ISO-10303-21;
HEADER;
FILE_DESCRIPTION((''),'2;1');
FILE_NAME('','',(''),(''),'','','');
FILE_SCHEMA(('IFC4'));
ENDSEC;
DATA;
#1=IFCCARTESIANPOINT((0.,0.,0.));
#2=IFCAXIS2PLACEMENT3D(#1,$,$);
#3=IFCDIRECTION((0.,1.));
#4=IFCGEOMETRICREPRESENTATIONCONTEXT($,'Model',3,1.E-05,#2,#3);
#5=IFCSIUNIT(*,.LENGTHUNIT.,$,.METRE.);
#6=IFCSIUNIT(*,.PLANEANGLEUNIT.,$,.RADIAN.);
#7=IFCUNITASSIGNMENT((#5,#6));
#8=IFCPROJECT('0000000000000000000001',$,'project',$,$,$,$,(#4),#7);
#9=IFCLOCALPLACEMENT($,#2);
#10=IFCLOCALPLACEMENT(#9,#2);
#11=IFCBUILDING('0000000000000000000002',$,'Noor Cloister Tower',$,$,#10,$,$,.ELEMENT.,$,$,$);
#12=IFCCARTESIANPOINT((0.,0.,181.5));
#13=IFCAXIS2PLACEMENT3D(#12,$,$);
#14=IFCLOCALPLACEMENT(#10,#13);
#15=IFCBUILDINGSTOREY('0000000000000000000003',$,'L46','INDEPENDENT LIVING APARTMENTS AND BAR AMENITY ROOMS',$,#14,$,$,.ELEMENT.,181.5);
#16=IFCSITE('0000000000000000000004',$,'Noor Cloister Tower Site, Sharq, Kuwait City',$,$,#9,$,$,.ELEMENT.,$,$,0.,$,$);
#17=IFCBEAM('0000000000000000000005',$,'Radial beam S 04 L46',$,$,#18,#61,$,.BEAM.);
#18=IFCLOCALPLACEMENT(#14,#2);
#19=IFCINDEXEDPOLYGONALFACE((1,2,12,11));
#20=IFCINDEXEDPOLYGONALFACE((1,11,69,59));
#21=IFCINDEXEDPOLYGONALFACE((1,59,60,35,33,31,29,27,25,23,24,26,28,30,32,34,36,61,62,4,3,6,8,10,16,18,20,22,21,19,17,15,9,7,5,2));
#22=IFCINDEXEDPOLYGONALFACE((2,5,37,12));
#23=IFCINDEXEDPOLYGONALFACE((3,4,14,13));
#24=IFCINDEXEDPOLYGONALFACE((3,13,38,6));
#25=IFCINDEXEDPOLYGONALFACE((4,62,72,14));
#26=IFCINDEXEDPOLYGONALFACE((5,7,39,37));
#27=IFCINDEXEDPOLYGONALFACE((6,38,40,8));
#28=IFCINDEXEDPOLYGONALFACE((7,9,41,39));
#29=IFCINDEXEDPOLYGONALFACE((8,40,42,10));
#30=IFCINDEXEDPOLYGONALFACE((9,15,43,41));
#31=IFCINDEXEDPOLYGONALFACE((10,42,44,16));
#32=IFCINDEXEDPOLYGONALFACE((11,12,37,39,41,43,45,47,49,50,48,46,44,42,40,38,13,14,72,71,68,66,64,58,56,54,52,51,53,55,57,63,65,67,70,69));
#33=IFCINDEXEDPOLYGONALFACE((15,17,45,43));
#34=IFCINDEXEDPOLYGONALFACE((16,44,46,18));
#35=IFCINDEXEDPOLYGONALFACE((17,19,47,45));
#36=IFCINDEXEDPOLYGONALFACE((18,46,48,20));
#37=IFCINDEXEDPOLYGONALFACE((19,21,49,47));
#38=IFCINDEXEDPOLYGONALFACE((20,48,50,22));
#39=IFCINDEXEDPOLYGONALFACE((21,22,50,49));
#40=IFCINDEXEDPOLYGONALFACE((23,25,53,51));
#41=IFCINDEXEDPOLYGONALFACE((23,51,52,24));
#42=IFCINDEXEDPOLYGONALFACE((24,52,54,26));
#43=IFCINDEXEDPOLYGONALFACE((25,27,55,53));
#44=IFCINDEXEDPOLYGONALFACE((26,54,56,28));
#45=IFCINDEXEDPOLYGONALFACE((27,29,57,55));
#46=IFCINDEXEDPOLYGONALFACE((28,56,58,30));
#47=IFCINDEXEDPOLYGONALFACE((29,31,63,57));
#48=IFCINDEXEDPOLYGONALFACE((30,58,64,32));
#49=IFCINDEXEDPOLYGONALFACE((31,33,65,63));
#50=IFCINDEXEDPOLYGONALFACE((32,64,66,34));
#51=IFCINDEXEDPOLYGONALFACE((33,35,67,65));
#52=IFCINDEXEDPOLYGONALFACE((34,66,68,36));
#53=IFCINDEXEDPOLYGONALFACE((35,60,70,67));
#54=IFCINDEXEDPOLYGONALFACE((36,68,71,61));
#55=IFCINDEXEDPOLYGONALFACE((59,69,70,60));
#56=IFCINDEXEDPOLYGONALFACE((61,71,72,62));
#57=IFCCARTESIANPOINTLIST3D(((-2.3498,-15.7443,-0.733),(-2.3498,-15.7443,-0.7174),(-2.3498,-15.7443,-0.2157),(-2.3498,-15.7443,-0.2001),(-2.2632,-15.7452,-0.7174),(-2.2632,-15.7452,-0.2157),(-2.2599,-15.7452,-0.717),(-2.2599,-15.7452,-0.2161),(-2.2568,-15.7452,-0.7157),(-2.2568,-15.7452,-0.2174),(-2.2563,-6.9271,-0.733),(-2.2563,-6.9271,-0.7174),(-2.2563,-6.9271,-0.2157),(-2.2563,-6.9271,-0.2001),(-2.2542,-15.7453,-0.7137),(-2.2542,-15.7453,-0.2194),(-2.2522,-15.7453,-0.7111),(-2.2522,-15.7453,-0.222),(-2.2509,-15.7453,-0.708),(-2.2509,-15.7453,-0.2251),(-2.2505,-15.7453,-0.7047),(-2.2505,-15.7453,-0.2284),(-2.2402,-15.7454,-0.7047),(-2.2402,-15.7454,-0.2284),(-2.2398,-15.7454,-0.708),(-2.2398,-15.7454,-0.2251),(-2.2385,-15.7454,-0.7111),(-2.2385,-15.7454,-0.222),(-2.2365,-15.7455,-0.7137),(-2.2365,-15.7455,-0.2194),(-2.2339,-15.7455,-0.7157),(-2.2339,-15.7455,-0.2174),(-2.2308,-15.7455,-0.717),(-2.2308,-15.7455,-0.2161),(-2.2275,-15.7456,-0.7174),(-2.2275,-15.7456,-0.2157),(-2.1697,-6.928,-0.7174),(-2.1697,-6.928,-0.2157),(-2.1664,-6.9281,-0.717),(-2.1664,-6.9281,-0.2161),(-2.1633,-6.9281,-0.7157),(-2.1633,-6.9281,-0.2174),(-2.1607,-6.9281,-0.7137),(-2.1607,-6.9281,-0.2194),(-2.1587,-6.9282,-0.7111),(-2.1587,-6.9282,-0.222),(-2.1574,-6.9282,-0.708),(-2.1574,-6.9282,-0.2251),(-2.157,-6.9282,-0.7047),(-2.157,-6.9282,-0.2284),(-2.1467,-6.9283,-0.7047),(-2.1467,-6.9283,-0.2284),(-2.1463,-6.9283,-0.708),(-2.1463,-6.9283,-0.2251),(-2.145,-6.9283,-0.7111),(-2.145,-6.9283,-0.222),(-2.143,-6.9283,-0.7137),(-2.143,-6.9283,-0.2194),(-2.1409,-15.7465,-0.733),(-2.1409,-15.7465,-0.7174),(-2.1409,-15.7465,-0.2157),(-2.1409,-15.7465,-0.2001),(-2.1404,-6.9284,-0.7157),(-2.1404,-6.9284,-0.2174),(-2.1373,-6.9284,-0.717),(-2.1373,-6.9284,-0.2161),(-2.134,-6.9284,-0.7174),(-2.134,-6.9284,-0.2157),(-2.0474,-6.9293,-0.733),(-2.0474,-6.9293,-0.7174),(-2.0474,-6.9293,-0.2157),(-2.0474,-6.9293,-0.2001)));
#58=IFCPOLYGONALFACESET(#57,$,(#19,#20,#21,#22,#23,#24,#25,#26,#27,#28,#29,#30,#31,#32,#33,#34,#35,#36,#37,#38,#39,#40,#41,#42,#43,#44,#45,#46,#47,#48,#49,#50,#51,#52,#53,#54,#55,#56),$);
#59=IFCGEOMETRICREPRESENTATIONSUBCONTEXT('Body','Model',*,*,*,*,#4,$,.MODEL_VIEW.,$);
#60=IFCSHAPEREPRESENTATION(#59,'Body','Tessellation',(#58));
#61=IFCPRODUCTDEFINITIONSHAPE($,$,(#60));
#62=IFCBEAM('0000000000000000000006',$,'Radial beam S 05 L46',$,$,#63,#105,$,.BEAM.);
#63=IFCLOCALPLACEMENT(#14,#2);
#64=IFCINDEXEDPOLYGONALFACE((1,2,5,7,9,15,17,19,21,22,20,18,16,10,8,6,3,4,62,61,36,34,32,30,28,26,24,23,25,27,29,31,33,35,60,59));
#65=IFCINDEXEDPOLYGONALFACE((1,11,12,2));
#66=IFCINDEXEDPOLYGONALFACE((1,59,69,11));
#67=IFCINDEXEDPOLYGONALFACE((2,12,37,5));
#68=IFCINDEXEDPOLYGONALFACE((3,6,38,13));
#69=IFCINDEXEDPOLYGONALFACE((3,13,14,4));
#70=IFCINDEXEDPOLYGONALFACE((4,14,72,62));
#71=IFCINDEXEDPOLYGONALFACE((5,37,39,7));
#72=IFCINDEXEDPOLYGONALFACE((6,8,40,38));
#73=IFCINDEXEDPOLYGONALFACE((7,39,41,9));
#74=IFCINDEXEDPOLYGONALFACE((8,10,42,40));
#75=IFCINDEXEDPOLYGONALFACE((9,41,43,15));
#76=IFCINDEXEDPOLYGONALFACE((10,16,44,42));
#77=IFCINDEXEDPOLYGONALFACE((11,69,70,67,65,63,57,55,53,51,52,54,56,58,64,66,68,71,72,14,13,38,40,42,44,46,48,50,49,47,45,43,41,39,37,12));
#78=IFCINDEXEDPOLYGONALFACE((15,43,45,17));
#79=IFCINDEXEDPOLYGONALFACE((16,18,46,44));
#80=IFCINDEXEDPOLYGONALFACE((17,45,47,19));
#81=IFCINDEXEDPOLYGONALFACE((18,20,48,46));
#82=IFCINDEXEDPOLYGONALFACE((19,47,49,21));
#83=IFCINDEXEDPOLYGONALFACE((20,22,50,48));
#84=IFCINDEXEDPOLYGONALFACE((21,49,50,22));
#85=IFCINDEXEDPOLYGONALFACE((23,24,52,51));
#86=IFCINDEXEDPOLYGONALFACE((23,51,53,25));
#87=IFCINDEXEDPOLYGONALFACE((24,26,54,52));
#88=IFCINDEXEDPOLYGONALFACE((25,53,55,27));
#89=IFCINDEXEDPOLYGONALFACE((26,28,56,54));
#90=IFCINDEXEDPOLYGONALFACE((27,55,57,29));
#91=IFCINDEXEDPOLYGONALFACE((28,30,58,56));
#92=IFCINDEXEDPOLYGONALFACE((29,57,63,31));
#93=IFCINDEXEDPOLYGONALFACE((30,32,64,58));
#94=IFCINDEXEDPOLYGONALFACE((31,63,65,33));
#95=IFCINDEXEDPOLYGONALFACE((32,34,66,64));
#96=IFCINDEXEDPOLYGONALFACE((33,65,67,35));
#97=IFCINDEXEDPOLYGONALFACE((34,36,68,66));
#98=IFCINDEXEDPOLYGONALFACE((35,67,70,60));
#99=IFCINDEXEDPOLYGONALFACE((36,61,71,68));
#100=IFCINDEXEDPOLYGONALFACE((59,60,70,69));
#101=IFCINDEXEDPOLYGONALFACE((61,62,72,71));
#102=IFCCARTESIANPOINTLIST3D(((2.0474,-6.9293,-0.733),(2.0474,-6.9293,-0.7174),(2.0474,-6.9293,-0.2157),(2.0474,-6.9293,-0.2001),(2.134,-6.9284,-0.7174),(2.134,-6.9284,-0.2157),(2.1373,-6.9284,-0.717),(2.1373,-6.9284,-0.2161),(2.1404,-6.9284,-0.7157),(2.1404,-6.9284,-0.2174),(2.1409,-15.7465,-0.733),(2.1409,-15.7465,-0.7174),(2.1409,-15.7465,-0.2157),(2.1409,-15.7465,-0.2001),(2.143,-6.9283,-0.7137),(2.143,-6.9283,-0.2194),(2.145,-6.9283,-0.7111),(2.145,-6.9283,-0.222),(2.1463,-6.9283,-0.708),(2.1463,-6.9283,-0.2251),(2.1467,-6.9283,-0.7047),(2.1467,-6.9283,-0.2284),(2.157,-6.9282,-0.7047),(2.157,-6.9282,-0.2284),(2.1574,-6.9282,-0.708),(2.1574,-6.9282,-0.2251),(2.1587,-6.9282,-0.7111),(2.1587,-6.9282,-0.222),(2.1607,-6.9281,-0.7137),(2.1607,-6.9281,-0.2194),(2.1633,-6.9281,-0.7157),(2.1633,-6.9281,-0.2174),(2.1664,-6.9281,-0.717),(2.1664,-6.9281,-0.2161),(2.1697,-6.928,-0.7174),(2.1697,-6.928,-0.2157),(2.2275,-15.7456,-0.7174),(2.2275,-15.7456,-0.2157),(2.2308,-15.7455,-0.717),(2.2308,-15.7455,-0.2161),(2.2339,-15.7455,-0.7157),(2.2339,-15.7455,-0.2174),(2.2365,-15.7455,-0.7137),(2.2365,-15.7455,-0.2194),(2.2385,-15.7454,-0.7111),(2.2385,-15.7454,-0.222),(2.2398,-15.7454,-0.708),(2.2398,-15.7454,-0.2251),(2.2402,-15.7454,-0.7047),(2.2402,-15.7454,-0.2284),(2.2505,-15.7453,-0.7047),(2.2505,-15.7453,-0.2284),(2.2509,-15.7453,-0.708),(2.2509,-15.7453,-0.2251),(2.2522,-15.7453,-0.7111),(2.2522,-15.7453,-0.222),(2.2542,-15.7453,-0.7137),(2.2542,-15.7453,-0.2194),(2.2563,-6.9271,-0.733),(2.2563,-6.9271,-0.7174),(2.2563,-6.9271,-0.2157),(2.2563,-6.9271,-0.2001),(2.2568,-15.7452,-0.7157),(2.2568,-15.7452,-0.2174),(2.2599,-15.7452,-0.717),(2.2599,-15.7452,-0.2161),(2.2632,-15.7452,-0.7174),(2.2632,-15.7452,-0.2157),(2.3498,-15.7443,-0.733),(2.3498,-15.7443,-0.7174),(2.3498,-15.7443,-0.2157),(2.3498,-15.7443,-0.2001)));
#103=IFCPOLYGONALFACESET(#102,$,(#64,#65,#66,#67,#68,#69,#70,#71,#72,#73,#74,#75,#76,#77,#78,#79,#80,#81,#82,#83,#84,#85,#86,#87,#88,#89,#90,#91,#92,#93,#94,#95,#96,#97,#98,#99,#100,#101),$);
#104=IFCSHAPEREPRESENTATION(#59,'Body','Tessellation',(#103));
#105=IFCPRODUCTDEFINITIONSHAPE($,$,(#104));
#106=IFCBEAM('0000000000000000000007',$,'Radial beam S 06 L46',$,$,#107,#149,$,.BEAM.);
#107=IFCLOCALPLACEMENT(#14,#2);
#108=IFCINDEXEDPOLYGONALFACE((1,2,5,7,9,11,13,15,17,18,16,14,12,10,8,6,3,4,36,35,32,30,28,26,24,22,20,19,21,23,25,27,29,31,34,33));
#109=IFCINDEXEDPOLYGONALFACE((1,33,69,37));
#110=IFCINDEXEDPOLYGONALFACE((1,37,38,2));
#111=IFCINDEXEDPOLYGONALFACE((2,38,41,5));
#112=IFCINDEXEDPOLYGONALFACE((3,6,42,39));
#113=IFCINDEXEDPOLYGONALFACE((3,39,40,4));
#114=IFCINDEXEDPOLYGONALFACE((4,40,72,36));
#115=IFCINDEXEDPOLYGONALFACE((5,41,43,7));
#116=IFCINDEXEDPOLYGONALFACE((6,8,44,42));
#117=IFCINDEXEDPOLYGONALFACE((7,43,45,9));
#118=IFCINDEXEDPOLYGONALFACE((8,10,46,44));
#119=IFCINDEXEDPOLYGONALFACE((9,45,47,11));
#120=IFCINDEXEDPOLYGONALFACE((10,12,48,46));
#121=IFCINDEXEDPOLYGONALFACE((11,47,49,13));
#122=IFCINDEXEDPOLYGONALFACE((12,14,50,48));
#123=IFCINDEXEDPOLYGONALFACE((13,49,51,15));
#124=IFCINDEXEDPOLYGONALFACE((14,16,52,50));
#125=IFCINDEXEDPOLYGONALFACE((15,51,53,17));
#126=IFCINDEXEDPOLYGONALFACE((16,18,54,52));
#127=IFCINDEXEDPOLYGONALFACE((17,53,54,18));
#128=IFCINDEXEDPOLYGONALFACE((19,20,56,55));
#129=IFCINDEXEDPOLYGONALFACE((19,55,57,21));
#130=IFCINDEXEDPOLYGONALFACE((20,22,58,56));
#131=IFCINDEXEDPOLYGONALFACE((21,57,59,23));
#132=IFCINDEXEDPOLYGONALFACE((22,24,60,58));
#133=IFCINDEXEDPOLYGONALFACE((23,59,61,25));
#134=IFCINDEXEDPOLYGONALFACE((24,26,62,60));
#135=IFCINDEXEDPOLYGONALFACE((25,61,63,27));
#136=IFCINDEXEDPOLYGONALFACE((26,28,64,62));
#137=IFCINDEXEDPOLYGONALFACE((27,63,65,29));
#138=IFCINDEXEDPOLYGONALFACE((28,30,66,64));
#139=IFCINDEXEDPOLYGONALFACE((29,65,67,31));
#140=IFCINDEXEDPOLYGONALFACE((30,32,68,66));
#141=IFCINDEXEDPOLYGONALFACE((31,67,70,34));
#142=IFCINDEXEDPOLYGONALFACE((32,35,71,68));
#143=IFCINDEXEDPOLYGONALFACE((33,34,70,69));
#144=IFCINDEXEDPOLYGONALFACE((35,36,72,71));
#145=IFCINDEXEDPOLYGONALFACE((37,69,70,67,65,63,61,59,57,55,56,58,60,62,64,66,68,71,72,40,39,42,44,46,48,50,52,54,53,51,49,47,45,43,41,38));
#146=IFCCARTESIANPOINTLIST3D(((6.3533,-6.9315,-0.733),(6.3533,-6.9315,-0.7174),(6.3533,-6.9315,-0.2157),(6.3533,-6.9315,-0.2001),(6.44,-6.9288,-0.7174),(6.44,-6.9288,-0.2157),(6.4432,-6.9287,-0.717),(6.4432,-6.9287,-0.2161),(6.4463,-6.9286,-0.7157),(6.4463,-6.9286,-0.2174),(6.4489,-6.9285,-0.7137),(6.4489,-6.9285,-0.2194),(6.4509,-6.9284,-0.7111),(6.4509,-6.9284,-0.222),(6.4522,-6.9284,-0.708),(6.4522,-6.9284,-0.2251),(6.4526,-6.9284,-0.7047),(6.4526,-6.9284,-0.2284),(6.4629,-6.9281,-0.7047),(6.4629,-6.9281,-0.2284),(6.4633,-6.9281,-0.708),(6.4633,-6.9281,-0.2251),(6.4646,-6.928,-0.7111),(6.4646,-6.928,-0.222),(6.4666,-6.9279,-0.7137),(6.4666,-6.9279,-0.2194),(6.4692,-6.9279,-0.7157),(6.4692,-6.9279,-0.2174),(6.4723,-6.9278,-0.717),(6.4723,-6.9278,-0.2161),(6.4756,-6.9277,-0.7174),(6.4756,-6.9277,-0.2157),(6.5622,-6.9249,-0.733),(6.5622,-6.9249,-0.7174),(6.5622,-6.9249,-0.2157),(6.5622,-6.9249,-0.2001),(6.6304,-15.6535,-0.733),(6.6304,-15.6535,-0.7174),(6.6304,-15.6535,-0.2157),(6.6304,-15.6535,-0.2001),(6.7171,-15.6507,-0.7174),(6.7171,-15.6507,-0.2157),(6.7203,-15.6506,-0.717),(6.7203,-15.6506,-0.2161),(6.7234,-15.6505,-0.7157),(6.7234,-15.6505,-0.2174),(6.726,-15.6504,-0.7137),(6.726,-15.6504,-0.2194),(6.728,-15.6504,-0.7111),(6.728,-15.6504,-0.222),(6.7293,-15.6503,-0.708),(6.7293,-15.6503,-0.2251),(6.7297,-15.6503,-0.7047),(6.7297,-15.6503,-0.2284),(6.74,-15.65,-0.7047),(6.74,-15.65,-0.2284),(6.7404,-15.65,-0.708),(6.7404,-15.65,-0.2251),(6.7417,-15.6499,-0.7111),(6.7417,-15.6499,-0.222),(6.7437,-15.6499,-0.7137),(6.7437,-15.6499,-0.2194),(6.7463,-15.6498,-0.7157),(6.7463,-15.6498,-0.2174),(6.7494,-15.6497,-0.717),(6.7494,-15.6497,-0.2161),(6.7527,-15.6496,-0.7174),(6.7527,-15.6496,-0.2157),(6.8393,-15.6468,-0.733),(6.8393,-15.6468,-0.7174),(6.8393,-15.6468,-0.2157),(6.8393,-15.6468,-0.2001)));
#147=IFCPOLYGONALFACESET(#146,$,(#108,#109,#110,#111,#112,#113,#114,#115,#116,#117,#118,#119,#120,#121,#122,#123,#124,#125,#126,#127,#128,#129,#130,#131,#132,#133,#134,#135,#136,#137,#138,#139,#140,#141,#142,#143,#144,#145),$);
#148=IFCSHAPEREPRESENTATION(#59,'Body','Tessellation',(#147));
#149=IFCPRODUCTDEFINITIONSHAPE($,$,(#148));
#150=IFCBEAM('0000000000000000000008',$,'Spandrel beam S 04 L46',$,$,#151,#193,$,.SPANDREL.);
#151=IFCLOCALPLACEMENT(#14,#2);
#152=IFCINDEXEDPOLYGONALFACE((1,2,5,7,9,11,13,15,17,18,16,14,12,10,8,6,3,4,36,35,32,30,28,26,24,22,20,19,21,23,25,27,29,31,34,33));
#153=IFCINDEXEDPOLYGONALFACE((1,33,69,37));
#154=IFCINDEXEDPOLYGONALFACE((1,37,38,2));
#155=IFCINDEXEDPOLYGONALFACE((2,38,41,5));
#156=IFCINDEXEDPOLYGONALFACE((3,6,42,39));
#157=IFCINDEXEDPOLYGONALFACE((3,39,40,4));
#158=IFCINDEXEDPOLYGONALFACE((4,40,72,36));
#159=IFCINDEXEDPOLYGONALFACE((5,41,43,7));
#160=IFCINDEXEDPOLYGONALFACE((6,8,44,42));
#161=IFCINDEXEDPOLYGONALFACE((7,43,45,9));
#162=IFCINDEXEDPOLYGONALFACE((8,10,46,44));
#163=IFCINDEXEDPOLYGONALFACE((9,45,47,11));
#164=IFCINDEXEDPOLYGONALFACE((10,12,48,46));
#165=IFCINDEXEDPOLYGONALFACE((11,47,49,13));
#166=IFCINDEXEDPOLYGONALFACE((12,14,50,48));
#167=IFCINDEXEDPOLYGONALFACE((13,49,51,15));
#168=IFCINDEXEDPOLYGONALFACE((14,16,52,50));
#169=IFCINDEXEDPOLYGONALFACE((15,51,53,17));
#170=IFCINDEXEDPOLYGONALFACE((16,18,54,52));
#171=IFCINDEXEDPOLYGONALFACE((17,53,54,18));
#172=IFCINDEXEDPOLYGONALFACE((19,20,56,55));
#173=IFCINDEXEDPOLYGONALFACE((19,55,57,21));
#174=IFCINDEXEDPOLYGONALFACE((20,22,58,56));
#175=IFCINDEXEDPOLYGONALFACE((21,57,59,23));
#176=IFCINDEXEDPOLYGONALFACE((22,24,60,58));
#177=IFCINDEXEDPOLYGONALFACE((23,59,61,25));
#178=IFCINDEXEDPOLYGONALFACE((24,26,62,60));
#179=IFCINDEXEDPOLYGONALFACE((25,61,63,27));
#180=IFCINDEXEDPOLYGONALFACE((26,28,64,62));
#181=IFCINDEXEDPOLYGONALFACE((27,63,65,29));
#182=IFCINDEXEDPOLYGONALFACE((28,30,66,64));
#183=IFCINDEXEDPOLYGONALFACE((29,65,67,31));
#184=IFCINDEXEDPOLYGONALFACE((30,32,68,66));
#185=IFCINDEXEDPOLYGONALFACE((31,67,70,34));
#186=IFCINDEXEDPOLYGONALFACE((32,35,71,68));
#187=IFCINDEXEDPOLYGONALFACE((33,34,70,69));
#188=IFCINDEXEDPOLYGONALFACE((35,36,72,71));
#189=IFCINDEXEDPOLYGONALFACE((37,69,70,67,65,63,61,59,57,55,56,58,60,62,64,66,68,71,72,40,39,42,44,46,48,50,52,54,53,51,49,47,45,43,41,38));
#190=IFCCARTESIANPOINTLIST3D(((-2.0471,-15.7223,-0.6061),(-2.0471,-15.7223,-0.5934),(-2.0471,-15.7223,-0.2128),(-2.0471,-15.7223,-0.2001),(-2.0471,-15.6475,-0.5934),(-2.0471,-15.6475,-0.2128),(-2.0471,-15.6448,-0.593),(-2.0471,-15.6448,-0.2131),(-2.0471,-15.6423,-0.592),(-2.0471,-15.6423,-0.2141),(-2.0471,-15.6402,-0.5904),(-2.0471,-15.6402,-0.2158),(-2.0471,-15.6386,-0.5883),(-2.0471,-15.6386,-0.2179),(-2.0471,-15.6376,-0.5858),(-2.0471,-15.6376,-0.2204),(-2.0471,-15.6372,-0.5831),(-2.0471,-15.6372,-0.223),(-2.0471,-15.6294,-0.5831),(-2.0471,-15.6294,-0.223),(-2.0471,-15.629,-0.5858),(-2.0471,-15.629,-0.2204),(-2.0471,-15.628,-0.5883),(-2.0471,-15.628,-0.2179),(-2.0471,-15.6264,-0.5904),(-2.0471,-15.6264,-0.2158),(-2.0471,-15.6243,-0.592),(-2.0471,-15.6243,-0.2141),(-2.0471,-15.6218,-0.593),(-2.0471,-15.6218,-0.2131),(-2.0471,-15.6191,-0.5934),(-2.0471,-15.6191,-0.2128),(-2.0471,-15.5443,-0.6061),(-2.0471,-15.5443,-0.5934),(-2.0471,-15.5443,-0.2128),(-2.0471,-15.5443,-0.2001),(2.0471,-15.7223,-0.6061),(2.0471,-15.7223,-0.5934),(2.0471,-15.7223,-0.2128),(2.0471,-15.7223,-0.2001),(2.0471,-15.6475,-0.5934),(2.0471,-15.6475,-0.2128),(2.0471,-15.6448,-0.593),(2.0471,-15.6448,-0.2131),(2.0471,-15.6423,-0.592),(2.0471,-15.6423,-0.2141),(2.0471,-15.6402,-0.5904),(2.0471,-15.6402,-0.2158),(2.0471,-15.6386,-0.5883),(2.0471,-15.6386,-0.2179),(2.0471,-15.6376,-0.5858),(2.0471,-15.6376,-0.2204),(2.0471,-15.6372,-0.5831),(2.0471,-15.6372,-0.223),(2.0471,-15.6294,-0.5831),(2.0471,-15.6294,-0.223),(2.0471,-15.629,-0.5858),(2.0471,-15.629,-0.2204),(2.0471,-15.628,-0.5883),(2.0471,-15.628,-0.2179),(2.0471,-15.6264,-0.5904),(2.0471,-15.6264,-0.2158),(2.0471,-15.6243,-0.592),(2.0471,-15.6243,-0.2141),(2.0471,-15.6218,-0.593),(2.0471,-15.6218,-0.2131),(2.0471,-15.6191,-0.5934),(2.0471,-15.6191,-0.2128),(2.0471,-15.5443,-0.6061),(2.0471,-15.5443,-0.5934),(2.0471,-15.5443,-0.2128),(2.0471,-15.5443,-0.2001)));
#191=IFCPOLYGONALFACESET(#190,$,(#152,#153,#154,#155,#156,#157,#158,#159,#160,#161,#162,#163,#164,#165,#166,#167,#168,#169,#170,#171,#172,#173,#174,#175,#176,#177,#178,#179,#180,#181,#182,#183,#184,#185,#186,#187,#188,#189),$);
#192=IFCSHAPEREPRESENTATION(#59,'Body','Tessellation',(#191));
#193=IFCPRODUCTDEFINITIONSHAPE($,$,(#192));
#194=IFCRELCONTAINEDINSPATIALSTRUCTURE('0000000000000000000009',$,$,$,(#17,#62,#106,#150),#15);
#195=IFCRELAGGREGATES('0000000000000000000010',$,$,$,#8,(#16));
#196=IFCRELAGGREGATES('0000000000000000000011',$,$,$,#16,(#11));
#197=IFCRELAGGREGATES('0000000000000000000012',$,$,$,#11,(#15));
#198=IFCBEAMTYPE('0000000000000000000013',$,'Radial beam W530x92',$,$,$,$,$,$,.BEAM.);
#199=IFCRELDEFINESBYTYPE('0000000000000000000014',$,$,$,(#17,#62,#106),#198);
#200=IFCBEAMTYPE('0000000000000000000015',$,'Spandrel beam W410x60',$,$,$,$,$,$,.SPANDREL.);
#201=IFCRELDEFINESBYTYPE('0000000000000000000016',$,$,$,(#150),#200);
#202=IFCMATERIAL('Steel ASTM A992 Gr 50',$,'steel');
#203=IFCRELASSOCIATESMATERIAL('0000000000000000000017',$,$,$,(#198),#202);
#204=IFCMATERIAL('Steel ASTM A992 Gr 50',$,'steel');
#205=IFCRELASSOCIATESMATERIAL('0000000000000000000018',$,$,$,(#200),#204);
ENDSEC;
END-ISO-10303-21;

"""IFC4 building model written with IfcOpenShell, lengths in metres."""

from ifc_helpers import new_model, si_unit, direction, frame, origin, origin_2d, place, context, subcontext, project, spatial, i_section, extrude, material, material_profile, profile_set, type_object, element, save


model = new_model("IFC4")

# Units and contexts
model_context = context("Model", 3, precision=1e-05, world=origin(), true_north=direction((0.0, 1.0)))
body_context = subcontext(model_context, "Body", "Model", "MODEL_VIEW")
ifc_project = project(units=[si_unit("LENGTHUNIT", "METRE"), si_unit("PLANEANGLEUNIT", "RADIAN")], contexts=[model_context])

# Site, building, storey
site_placement = place(None, origin())
site = spatial("IfcSite", under=ifc_project, at=site_placement, Name="Noor Cloister Tower Site, Sharq, Kuwait City", CompositionType="ELEMENT", RefElevation=0.0)
building_placement = place(site_placement, origin())
building = spatial("IfcBuilding", under=site, at=building_placement, Name="Noor Cloister Tower", CompositionType="ELEMENT")
storey_placement = place(building_placement, frame((0.0, 0.0, 181.5)))
storey = spatial("IfcBuildingStorey", under=building, at=storey_placement, Name="L46", Description="INDEPENDENT LIVING APARTMENTS AND BAR AMENITY ROOMS", CompositionType="ELEMENT", Elevation=181.5)

# Beams
ifc_material_1 = material(Name="Steel ASTM A992 Gr 50", Category="steel")
ifc_material_profile_1 = material_profile(ifc_material_1, i_section(OverallWidth=0.209, OverallDepth=0.533, WebThickness=0.0103, FlangeThickness=0.0156, FilletRadius=0.0127, at=origin_2d()), Name="W530x92")
ifc_profile_set_1 = profile_set([ifc_material_profile_1], Name="Steel ASTM A992 Gr 50")
beam_type_1 = type_object("IfcBeamType", Name="Radial beam W530x92", PredefinedType="BEAM", material=ifc_profile_set_1)
for number, where, z_axis, x_axis, name in (
    (1, (-2.2454, -15.7454, -0.4666), (0.010604, 0.999944, 0.0), (-0.999944, 0.010604, 0.0), "Radial beam S 04 L46"),
    (2, (2.2454, -15.7454, -0.4666), (-0.010604, 0.999944, 0.0), (-0.999944, -0.010604, 0.0), "Radial beam S 05 L46"),
):
    element("IfcBeam", number, at=place(storey_placement, frame(where, z_axis=z_axis, x_axis=x_axis)), inside=storey, type_object=beam_type_1, Name=name, PredefinedType="BEAM", context=body_context, shape_type="SweptSolid", body=[
        extrude(i_section(OverallWidth=0.209, OverallDepth=0.533, WebThickness=0.0103, FlangeThickness=0.0156, FilletRadius=0.0127, at=origin_2d()), origin(), (0.0, 0.0, 1.0), 8.8176),
    ])
beam_placement = place(storey_placement, frame((6.7349, -15.6501, -0.4666), z_axis=(-0.031754, 0.999496, 0.0), x_axis=(-0.999496, -0.031754, 0.0)))
element("IfcBeam", 3, at=beam_placement, inside=storey, type_object=beam_type_1, Name="Radial beam S 06 L46", PredefinedType="BEAM", context=body_context, shape_type="SweptSolid", body=[
    extrude(i_section(OverallWidth=0.209, OverallDepth=0.533, WebThickness=0.0103, FlangeThickness=0.0156, FilletRadius=0.0127, at=origin_2d()), origin(), (0.0, 0.0, 1.0), 8.7263),
])
ifc_material_2 = material(Name="Steel ASTM A992 Gr 50", Category="steel")
ifc_material_profile_2 = material_profile(ifc_material_2, i_section(OverallWidth=0.178, OverallDepth=0.406, WebThickness=0.0078, FlangeThickness=0.0127, FilletRadius=0.0103, at=origin_2d()), Name="W410x60")
ifc_profile_set_2 = profile_set([ifc_material_profile_2], Name="Steel ASTM A992 Gr 50")
beam_type_2 = type_object("IfcBeamType", Name="Spandrel beam W410x60", PredefinedType="SPANDREL", material=ifc_profile_set_2)
for number, where, z_axis, x_axis, name in (
    (4, (-2.0471, -15.6333, -0.4031), (1.0, 0.0, 0.0), (0.0, 1.0, 0.0), "Spandrel beam S 04 L46"),
):
    element("IfcBeam", number, at=place(storey_placement, frame(where, z_axis=z_axis, x_axis=x_axis)), inside=storey, type_object=beam_type_2, Name=name, PredefinedType="SPANDREL", context=body_context, shape_type="SweptSolid", body=[
        extrude(i_section(OverallWidth=0.178, OverallDepth=0.406, WebThickness=0.0078, FlangeThickness=0.0127, FilletRadius=0.0103, at=origin_2d()), origin(), (0.0, 0.0, 1.0), 4.0942),
    ])

save(model, "model.ifc")
